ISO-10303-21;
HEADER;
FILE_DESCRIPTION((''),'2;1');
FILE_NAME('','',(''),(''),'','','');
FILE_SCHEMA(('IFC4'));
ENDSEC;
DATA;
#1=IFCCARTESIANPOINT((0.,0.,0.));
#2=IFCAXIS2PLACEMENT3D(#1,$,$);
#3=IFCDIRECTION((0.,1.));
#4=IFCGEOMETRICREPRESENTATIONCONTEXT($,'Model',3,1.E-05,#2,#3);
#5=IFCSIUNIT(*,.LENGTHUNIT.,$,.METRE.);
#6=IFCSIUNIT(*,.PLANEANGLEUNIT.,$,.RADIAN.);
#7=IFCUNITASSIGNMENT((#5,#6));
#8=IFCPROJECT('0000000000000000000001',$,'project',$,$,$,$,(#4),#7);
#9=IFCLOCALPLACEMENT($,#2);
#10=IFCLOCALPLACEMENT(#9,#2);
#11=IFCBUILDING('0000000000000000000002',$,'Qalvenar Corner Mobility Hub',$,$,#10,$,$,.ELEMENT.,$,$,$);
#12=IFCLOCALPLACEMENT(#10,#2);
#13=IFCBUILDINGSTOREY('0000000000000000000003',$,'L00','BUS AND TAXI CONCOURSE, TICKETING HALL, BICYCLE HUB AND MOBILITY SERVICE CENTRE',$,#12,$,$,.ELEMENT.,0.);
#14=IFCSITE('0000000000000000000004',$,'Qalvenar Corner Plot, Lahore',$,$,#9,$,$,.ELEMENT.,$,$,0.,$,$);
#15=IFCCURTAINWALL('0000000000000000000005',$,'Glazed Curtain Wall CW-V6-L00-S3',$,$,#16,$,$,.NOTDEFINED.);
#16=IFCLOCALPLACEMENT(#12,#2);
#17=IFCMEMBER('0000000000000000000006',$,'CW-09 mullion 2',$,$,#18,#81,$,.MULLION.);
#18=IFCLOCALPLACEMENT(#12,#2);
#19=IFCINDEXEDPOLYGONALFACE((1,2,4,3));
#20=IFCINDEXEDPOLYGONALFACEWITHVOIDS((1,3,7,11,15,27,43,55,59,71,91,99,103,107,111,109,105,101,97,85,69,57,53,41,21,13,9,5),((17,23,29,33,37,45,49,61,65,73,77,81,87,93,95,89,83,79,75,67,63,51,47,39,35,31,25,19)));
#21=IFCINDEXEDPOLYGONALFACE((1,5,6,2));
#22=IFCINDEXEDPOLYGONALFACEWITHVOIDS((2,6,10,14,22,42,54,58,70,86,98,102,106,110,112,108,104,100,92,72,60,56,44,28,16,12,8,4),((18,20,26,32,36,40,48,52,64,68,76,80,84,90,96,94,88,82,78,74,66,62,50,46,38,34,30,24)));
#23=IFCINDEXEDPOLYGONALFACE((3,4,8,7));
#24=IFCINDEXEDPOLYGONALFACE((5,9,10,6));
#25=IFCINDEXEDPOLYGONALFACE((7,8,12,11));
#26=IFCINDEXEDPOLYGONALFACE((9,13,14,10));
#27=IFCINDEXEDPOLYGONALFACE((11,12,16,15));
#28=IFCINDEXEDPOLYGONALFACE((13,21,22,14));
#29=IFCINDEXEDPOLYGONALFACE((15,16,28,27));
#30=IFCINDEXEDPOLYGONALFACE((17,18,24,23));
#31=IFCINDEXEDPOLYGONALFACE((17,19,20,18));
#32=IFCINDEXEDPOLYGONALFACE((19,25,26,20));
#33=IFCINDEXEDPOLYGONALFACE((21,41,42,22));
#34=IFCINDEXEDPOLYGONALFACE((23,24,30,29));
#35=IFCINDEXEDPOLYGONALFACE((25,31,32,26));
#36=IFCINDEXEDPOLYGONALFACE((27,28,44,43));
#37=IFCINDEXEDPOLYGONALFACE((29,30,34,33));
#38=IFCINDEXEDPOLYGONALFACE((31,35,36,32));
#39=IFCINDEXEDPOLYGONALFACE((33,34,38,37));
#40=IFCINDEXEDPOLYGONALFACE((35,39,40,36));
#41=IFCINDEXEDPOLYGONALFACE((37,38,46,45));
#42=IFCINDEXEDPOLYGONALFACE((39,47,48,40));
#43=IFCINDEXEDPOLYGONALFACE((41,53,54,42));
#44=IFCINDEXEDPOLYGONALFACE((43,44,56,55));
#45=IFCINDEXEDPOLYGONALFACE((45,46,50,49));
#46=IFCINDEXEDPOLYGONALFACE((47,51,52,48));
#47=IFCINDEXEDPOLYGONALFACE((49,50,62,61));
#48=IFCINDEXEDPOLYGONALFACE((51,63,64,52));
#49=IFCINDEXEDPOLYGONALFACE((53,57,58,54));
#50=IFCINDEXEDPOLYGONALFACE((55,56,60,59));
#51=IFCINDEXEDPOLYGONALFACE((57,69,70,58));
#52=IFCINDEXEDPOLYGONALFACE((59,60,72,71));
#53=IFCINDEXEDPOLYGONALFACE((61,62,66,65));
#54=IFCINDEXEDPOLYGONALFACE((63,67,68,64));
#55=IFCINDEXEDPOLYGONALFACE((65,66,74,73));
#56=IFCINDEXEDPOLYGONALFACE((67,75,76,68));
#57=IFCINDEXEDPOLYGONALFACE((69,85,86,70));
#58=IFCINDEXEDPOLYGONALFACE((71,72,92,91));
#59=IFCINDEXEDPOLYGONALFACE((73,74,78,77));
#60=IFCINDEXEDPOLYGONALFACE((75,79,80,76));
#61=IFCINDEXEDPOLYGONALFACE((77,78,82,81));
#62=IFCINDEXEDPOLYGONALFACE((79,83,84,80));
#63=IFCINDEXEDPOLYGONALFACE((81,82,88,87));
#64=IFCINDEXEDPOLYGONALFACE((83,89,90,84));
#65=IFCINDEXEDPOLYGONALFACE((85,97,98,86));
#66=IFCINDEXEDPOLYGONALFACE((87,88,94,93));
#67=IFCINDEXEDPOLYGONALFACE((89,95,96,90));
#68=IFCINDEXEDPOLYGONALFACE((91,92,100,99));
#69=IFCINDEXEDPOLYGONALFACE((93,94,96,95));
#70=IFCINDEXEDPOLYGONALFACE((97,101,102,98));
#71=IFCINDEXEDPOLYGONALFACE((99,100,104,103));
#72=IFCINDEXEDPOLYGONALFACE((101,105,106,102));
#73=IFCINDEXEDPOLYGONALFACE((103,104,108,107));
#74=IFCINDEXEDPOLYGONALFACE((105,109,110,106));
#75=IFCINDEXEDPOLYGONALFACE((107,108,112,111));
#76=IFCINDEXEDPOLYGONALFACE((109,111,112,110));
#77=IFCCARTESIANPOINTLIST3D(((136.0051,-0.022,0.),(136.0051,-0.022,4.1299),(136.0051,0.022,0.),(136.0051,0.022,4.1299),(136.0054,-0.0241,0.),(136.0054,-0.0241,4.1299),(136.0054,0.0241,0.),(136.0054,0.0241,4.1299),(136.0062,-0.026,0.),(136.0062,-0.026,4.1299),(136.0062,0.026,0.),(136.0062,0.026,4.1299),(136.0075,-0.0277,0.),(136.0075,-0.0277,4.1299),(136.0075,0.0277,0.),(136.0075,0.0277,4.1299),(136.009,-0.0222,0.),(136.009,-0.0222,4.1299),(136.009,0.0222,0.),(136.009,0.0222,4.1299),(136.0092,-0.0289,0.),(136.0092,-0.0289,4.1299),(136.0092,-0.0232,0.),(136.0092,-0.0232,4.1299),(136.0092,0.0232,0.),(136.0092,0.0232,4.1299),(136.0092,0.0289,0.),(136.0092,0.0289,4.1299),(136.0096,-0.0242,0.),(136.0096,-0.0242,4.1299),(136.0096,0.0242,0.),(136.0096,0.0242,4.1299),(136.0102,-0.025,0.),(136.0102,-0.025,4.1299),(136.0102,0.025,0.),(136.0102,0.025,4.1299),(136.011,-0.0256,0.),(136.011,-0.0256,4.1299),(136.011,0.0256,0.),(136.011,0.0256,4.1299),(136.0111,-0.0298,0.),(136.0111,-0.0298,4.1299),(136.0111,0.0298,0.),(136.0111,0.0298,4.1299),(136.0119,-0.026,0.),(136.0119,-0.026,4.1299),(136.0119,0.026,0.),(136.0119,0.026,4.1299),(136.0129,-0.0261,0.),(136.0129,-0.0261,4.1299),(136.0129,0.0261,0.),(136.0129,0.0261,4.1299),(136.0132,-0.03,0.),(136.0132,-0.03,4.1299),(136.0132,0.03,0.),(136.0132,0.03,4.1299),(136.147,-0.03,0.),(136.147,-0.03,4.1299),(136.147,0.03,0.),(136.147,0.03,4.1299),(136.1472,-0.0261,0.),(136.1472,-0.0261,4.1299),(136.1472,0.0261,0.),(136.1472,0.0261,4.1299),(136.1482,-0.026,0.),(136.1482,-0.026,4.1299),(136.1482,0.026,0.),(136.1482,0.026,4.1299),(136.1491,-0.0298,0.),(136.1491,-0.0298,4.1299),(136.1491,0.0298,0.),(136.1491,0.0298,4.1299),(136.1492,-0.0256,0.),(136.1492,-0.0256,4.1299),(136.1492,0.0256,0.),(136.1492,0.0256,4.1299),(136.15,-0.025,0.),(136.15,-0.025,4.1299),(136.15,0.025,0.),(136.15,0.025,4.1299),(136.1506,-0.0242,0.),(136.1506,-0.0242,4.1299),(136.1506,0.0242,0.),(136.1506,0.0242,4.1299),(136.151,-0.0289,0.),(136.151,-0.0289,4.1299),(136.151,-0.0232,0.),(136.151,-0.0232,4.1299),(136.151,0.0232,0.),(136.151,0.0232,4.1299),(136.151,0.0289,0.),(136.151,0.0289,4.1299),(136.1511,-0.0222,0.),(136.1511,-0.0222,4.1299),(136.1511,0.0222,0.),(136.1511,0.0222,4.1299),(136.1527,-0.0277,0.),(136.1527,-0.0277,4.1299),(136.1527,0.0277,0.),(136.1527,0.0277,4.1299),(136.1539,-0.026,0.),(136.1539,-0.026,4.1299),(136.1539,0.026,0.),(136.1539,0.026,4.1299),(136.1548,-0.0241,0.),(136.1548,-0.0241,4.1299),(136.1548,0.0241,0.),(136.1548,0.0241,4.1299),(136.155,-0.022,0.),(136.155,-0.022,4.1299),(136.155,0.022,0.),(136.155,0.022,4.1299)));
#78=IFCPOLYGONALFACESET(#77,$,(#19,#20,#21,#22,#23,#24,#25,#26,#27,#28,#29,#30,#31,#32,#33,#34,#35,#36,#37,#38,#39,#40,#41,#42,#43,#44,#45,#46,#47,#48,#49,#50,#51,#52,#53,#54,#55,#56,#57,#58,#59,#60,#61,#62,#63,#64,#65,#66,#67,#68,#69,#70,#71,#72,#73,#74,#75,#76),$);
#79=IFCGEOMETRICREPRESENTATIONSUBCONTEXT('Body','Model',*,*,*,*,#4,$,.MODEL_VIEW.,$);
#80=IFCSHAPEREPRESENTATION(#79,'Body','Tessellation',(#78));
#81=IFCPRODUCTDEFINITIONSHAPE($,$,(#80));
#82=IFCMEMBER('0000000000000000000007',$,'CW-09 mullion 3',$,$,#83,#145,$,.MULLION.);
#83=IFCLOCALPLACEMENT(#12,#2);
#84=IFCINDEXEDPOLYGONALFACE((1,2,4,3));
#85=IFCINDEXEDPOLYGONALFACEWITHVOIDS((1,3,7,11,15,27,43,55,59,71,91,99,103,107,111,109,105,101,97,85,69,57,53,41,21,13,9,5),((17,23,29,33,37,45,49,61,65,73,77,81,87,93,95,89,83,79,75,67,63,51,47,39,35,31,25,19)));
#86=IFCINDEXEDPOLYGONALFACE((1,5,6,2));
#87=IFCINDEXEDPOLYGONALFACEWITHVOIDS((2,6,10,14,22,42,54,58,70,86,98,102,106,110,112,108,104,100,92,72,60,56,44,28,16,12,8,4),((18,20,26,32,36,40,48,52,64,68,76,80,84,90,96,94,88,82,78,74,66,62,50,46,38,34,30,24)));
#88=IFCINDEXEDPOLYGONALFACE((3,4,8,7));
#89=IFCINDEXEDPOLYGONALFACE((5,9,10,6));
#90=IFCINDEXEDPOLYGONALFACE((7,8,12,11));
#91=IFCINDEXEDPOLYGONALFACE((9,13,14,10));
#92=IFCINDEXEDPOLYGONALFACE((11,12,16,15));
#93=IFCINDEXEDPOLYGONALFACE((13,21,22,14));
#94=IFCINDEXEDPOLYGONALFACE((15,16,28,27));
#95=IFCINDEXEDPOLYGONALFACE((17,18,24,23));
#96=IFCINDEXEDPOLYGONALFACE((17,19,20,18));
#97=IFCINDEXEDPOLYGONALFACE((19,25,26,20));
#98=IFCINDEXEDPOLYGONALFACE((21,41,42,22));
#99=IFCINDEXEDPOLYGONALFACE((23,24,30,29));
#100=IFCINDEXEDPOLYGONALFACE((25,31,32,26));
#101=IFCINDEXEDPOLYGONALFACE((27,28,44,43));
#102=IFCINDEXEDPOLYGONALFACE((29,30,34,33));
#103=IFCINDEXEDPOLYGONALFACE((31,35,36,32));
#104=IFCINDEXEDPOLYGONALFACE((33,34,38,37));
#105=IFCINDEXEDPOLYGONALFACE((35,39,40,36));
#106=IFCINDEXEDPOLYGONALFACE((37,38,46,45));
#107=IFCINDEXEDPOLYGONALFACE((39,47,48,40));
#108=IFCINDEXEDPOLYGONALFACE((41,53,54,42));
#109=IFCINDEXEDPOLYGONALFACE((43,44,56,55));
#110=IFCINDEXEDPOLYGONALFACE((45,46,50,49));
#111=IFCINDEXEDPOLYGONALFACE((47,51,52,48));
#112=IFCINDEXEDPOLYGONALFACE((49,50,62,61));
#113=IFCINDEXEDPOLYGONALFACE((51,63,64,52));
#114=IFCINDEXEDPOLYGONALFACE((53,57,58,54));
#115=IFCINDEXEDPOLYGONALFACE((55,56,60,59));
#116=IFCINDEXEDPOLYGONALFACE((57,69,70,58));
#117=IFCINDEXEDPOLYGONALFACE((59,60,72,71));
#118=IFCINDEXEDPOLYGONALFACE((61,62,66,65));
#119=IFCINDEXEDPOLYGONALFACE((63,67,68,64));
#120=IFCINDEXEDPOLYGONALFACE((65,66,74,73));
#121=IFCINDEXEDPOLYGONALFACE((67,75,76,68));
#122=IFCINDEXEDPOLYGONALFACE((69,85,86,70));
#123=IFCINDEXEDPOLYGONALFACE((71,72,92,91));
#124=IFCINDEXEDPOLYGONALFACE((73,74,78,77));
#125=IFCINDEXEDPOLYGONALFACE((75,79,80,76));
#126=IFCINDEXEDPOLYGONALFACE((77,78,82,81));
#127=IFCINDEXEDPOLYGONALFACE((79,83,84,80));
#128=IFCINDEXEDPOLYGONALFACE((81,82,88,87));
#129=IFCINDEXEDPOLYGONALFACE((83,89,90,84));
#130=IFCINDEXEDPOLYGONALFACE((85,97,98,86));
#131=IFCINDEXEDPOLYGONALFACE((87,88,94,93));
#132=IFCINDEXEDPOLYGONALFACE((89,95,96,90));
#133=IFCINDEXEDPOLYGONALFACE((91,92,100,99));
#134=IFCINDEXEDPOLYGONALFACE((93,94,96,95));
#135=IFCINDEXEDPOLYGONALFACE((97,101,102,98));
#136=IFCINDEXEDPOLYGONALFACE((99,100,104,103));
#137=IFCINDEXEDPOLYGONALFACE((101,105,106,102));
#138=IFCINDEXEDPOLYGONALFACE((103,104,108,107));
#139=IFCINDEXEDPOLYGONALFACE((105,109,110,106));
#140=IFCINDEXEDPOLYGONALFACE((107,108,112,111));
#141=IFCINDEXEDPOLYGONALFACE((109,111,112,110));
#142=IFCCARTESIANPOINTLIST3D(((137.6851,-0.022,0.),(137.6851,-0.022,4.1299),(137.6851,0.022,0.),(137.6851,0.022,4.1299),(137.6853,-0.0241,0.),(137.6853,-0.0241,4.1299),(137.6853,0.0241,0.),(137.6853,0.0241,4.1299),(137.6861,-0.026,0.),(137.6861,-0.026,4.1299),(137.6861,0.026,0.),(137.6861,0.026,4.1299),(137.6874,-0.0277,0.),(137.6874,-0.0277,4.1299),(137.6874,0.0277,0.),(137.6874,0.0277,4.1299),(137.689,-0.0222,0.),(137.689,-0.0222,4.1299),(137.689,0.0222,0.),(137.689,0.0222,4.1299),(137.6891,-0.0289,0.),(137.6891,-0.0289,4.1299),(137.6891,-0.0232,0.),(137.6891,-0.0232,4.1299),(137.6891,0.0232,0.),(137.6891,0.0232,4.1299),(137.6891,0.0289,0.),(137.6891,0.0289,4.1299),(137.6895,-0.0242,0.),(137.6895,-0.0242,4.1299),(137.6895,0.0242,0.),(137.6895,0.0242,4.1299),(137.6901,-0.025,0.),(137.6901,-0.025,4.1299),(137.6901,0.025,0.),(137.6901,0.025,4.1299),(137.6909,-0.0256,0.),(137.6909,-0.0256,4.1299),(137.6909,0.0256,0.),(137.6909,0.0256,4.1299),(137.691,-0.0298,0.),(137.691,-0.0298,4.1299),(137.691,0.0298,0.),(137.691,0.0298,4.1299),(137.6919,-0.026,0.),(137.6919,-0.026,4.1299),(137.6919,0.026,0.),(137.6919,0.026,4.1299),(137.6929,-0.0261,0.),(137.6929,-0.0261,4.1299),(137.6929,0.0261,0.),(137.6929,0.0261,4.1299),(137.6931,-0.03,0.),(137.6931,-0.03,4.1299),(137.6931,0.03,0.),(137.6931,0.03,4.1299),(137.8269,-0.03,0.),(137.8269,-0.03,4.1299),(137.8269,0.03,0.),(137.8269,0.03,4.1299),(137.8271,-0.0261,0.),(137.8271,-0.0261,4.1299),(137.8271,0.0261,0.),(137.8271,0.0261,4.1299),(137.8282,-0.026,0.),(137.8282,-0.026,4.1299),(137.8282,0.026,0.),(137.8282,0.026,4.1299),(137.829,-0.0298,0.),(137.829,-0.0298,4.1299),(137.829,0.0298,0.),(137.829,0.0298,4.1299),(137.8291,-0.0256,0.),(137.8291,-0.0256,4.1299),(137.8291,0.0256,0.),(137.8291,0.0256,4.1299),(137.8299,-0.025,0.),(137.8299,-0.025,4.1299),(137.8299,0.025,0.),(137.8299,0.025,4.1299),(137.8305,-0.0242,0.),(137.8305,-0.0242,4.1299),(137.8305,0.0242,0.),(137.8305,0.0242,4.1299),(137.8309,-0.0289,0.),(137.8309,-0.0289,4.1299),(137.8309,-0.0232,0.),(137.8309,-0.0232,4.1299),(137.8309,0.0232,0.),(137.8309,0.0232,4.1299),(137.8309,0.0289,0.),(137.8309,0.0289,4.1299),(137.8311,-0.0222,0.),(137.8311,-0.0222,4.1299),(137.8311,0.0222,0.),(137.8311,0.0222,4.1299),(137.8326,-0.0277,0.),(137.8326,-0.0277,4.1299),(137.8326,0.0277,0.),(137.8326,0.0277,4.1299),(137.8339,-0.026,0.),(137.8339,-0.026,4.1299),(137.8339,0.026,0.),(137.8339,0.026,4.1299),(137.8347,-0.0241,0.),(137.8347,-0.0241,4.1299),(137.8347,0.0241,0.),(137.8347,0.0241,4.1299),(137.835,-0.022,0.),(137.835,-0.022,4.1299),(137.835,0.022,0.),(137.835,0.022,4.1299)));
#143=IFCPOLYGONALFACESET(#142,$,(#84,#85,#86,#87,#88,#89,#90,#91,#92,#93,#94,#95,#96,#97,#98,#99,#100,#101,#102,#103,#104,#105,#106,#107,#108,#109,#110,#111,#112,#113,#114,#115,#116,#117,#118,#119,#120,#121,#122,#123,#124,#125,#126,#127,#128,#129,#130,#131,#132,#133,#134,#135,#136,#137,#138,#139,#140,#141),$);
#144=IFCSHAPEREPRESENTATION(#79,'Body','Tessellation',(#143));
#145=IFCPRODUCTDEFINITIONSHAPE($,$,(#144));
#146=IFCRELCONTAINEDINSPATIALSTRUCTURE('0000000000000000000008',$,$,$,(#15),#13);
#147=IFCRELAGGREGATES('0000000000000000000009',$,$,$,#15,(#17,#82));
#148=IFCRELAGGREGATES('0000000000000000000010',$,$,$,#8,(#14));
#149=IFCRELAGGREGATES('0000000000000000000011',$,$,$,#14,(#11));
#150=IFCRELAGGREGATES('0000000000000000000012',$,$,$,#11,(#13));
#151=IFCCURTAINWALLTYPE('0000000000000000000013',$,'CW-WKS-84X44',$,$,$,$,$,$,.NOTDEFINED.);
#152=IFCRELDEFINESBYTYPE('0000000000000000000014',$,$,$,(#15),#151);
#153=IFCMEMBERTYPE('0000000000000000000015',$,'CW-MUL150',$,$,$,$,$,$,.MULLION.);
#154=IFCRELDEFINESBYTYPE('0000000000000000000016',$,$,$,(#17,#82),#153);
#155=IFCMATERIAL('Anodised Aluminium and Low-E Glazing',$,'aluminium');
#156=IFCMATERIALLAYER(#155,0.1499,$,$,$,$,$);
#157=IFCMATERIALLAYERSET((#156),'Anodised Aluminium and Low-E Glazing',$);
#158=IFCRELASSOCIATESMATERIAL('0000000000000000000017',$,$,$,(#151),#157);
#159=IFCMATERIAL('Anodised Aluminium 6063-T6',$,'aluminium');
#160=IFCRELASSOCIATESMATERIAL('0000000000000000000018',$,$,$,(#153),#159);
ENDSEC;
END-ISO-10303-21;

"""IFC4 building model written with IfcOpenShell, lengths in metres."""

from ifc_helpers import new_model, si_unit, direction, frame, origin, origin_2d, place, context, subcontext, project, spatial, hollow_rectangle, extrude, material, layer, layer_set, material_profile, profile_set, type_object, element, aggregate, save


model = new_model("IFC4")

# Units and contexts
model_context = context("Model", 3, precision=1e-05, world=origin(), true_north=direction((0.0, 1.0)))
body_context = subcontext(model_context, "Body", "Model", "MODEL_VIEW")
ifc_project = project(units=[si_unit("LENGTHUNIT", "METRE"), si_unit("PLANEANGLEUNIT", "RADIAN")], contexts=[model_context])

# Site, building, storey
site_placement = place(None, origin())
site = spatial("IfcSite", under=ifc_project, at=site_placement, Name="Qalvenar Corner Plot, Lahore", CompositionType="ELEMENT", RefElevation=0.0)
building_placement = place(site_placement, origin())
building = spatial("IfcBuilding", under=site, at=building_placement, Name="Qalvenar Corner Mobility Hub", CompositionType="ELEMENT")
storey_placement = place(building_placement, origin())
storey = spatial("IfcBuildingStorey", under=building, at=storey_placement, Name="L00", Description="BUS AND TAXI CONCOURSE, TICKETING HALL, BICYCLE HUB AND MOBILITY SERVICE CENTRE", CompositionType="ELEMENT", Elevation=0.0)

# Curtain wall, members
ifc_material_1 = material(Name="Anodised Aluminium and Low-E Glazing", Category="aluminium")
ifc_layer_1 = layer(ifc_material_1, 0.1499)
ifc_layer_set_1 = layer_set([ifc_layer_1], Name="Anodised Aluminium and Low-E Glazing")
curtain_wall_type = type_object("IfcCurtainWallType", Name="CW-WKS-84X44", PredefinedType="NOTDEFINED", material=ifc_layer_set_1)
curtain_wall_placement = place(storey_placement, origin())
curtain_wall = element("IfcCurtainWall", 1, at=curtain_wall_placement, inside=storey, type_object=curtain_wall_type, Name="Glazed Curtain Wall CW-V6-L00-S3", PredefinedType="NOTDEFINED")
ifc_material_2 = material(Name="Anodised Aluminium 6063-T6", Category="aluminium")
ifc_material_profile_1 = material_profile(ifc_material_2, hollow_rectangle(XDim=0.0601, YDim=0.1499, WallThickness=0.0039, InnerFilletRadius=0.0039, OuterFilletRadius=0.0081, at=origin_2d()), Name="RHS150x60x4")
ifc_profile_set_1 = profile_set([ifc_material_profile_1], Name="Anodised Aluminium 6063-T6")
member_type_1 = type_object("IfcMemberType", Name="CW-MUL150", PredefinedType="MULLION", material=ifc_profile_set_1)
member_1_placement = place(storey_placement, frame((136.0801, 0.0, 0.0), z_axis=(0.0, 0.0, 1.0), x_axis=(0.0, 1.0, 0.0)))
member_1 = element("IfcMember", 2, at=member_1_placement, type_object=member_type_1, Name="CW-09 mullion 2", PredefinedType="MULLION", context=body_context, shape_type="SweptSolid", body=[
    extrude(hollow_rectangle(XDim=0.0601, YDim=0.1499, WallThickness=0.0039, InnerFilletRadius=0.0039, OuterFilletRadius=0.0081, at=origin_2d()), origin(), (0.0, 0.0, 1.0), 4.1299),
])
member_2_placement = place(storey_placement, frame((137.76, 0.0, 0.0), z_axis=(0.0, 0.0, 1.0), x_axis=(0.0, 1.0, 0.0)))
member_2 = element("IfcMember", 3, at=member_2_placement, type_object=member_type_1, Name="CW-09 mullion 3", PredefinedType="MULLION", context=body_context, shape_type="SweptSolid", body=[
    extrude(hollow_rectangle(XDim=0.0601, YDim=0.1499, WallThickness=0.0039, InnerFilletRadius=0.0039, OuterFilletRadius=0.0081, at=origin_2d()), origin(), (0.0, 0.0, 1.0), 4.1299),
])
aggregate(curtain_wall, [member_1, member_2])

save(model, "model.ifc")
